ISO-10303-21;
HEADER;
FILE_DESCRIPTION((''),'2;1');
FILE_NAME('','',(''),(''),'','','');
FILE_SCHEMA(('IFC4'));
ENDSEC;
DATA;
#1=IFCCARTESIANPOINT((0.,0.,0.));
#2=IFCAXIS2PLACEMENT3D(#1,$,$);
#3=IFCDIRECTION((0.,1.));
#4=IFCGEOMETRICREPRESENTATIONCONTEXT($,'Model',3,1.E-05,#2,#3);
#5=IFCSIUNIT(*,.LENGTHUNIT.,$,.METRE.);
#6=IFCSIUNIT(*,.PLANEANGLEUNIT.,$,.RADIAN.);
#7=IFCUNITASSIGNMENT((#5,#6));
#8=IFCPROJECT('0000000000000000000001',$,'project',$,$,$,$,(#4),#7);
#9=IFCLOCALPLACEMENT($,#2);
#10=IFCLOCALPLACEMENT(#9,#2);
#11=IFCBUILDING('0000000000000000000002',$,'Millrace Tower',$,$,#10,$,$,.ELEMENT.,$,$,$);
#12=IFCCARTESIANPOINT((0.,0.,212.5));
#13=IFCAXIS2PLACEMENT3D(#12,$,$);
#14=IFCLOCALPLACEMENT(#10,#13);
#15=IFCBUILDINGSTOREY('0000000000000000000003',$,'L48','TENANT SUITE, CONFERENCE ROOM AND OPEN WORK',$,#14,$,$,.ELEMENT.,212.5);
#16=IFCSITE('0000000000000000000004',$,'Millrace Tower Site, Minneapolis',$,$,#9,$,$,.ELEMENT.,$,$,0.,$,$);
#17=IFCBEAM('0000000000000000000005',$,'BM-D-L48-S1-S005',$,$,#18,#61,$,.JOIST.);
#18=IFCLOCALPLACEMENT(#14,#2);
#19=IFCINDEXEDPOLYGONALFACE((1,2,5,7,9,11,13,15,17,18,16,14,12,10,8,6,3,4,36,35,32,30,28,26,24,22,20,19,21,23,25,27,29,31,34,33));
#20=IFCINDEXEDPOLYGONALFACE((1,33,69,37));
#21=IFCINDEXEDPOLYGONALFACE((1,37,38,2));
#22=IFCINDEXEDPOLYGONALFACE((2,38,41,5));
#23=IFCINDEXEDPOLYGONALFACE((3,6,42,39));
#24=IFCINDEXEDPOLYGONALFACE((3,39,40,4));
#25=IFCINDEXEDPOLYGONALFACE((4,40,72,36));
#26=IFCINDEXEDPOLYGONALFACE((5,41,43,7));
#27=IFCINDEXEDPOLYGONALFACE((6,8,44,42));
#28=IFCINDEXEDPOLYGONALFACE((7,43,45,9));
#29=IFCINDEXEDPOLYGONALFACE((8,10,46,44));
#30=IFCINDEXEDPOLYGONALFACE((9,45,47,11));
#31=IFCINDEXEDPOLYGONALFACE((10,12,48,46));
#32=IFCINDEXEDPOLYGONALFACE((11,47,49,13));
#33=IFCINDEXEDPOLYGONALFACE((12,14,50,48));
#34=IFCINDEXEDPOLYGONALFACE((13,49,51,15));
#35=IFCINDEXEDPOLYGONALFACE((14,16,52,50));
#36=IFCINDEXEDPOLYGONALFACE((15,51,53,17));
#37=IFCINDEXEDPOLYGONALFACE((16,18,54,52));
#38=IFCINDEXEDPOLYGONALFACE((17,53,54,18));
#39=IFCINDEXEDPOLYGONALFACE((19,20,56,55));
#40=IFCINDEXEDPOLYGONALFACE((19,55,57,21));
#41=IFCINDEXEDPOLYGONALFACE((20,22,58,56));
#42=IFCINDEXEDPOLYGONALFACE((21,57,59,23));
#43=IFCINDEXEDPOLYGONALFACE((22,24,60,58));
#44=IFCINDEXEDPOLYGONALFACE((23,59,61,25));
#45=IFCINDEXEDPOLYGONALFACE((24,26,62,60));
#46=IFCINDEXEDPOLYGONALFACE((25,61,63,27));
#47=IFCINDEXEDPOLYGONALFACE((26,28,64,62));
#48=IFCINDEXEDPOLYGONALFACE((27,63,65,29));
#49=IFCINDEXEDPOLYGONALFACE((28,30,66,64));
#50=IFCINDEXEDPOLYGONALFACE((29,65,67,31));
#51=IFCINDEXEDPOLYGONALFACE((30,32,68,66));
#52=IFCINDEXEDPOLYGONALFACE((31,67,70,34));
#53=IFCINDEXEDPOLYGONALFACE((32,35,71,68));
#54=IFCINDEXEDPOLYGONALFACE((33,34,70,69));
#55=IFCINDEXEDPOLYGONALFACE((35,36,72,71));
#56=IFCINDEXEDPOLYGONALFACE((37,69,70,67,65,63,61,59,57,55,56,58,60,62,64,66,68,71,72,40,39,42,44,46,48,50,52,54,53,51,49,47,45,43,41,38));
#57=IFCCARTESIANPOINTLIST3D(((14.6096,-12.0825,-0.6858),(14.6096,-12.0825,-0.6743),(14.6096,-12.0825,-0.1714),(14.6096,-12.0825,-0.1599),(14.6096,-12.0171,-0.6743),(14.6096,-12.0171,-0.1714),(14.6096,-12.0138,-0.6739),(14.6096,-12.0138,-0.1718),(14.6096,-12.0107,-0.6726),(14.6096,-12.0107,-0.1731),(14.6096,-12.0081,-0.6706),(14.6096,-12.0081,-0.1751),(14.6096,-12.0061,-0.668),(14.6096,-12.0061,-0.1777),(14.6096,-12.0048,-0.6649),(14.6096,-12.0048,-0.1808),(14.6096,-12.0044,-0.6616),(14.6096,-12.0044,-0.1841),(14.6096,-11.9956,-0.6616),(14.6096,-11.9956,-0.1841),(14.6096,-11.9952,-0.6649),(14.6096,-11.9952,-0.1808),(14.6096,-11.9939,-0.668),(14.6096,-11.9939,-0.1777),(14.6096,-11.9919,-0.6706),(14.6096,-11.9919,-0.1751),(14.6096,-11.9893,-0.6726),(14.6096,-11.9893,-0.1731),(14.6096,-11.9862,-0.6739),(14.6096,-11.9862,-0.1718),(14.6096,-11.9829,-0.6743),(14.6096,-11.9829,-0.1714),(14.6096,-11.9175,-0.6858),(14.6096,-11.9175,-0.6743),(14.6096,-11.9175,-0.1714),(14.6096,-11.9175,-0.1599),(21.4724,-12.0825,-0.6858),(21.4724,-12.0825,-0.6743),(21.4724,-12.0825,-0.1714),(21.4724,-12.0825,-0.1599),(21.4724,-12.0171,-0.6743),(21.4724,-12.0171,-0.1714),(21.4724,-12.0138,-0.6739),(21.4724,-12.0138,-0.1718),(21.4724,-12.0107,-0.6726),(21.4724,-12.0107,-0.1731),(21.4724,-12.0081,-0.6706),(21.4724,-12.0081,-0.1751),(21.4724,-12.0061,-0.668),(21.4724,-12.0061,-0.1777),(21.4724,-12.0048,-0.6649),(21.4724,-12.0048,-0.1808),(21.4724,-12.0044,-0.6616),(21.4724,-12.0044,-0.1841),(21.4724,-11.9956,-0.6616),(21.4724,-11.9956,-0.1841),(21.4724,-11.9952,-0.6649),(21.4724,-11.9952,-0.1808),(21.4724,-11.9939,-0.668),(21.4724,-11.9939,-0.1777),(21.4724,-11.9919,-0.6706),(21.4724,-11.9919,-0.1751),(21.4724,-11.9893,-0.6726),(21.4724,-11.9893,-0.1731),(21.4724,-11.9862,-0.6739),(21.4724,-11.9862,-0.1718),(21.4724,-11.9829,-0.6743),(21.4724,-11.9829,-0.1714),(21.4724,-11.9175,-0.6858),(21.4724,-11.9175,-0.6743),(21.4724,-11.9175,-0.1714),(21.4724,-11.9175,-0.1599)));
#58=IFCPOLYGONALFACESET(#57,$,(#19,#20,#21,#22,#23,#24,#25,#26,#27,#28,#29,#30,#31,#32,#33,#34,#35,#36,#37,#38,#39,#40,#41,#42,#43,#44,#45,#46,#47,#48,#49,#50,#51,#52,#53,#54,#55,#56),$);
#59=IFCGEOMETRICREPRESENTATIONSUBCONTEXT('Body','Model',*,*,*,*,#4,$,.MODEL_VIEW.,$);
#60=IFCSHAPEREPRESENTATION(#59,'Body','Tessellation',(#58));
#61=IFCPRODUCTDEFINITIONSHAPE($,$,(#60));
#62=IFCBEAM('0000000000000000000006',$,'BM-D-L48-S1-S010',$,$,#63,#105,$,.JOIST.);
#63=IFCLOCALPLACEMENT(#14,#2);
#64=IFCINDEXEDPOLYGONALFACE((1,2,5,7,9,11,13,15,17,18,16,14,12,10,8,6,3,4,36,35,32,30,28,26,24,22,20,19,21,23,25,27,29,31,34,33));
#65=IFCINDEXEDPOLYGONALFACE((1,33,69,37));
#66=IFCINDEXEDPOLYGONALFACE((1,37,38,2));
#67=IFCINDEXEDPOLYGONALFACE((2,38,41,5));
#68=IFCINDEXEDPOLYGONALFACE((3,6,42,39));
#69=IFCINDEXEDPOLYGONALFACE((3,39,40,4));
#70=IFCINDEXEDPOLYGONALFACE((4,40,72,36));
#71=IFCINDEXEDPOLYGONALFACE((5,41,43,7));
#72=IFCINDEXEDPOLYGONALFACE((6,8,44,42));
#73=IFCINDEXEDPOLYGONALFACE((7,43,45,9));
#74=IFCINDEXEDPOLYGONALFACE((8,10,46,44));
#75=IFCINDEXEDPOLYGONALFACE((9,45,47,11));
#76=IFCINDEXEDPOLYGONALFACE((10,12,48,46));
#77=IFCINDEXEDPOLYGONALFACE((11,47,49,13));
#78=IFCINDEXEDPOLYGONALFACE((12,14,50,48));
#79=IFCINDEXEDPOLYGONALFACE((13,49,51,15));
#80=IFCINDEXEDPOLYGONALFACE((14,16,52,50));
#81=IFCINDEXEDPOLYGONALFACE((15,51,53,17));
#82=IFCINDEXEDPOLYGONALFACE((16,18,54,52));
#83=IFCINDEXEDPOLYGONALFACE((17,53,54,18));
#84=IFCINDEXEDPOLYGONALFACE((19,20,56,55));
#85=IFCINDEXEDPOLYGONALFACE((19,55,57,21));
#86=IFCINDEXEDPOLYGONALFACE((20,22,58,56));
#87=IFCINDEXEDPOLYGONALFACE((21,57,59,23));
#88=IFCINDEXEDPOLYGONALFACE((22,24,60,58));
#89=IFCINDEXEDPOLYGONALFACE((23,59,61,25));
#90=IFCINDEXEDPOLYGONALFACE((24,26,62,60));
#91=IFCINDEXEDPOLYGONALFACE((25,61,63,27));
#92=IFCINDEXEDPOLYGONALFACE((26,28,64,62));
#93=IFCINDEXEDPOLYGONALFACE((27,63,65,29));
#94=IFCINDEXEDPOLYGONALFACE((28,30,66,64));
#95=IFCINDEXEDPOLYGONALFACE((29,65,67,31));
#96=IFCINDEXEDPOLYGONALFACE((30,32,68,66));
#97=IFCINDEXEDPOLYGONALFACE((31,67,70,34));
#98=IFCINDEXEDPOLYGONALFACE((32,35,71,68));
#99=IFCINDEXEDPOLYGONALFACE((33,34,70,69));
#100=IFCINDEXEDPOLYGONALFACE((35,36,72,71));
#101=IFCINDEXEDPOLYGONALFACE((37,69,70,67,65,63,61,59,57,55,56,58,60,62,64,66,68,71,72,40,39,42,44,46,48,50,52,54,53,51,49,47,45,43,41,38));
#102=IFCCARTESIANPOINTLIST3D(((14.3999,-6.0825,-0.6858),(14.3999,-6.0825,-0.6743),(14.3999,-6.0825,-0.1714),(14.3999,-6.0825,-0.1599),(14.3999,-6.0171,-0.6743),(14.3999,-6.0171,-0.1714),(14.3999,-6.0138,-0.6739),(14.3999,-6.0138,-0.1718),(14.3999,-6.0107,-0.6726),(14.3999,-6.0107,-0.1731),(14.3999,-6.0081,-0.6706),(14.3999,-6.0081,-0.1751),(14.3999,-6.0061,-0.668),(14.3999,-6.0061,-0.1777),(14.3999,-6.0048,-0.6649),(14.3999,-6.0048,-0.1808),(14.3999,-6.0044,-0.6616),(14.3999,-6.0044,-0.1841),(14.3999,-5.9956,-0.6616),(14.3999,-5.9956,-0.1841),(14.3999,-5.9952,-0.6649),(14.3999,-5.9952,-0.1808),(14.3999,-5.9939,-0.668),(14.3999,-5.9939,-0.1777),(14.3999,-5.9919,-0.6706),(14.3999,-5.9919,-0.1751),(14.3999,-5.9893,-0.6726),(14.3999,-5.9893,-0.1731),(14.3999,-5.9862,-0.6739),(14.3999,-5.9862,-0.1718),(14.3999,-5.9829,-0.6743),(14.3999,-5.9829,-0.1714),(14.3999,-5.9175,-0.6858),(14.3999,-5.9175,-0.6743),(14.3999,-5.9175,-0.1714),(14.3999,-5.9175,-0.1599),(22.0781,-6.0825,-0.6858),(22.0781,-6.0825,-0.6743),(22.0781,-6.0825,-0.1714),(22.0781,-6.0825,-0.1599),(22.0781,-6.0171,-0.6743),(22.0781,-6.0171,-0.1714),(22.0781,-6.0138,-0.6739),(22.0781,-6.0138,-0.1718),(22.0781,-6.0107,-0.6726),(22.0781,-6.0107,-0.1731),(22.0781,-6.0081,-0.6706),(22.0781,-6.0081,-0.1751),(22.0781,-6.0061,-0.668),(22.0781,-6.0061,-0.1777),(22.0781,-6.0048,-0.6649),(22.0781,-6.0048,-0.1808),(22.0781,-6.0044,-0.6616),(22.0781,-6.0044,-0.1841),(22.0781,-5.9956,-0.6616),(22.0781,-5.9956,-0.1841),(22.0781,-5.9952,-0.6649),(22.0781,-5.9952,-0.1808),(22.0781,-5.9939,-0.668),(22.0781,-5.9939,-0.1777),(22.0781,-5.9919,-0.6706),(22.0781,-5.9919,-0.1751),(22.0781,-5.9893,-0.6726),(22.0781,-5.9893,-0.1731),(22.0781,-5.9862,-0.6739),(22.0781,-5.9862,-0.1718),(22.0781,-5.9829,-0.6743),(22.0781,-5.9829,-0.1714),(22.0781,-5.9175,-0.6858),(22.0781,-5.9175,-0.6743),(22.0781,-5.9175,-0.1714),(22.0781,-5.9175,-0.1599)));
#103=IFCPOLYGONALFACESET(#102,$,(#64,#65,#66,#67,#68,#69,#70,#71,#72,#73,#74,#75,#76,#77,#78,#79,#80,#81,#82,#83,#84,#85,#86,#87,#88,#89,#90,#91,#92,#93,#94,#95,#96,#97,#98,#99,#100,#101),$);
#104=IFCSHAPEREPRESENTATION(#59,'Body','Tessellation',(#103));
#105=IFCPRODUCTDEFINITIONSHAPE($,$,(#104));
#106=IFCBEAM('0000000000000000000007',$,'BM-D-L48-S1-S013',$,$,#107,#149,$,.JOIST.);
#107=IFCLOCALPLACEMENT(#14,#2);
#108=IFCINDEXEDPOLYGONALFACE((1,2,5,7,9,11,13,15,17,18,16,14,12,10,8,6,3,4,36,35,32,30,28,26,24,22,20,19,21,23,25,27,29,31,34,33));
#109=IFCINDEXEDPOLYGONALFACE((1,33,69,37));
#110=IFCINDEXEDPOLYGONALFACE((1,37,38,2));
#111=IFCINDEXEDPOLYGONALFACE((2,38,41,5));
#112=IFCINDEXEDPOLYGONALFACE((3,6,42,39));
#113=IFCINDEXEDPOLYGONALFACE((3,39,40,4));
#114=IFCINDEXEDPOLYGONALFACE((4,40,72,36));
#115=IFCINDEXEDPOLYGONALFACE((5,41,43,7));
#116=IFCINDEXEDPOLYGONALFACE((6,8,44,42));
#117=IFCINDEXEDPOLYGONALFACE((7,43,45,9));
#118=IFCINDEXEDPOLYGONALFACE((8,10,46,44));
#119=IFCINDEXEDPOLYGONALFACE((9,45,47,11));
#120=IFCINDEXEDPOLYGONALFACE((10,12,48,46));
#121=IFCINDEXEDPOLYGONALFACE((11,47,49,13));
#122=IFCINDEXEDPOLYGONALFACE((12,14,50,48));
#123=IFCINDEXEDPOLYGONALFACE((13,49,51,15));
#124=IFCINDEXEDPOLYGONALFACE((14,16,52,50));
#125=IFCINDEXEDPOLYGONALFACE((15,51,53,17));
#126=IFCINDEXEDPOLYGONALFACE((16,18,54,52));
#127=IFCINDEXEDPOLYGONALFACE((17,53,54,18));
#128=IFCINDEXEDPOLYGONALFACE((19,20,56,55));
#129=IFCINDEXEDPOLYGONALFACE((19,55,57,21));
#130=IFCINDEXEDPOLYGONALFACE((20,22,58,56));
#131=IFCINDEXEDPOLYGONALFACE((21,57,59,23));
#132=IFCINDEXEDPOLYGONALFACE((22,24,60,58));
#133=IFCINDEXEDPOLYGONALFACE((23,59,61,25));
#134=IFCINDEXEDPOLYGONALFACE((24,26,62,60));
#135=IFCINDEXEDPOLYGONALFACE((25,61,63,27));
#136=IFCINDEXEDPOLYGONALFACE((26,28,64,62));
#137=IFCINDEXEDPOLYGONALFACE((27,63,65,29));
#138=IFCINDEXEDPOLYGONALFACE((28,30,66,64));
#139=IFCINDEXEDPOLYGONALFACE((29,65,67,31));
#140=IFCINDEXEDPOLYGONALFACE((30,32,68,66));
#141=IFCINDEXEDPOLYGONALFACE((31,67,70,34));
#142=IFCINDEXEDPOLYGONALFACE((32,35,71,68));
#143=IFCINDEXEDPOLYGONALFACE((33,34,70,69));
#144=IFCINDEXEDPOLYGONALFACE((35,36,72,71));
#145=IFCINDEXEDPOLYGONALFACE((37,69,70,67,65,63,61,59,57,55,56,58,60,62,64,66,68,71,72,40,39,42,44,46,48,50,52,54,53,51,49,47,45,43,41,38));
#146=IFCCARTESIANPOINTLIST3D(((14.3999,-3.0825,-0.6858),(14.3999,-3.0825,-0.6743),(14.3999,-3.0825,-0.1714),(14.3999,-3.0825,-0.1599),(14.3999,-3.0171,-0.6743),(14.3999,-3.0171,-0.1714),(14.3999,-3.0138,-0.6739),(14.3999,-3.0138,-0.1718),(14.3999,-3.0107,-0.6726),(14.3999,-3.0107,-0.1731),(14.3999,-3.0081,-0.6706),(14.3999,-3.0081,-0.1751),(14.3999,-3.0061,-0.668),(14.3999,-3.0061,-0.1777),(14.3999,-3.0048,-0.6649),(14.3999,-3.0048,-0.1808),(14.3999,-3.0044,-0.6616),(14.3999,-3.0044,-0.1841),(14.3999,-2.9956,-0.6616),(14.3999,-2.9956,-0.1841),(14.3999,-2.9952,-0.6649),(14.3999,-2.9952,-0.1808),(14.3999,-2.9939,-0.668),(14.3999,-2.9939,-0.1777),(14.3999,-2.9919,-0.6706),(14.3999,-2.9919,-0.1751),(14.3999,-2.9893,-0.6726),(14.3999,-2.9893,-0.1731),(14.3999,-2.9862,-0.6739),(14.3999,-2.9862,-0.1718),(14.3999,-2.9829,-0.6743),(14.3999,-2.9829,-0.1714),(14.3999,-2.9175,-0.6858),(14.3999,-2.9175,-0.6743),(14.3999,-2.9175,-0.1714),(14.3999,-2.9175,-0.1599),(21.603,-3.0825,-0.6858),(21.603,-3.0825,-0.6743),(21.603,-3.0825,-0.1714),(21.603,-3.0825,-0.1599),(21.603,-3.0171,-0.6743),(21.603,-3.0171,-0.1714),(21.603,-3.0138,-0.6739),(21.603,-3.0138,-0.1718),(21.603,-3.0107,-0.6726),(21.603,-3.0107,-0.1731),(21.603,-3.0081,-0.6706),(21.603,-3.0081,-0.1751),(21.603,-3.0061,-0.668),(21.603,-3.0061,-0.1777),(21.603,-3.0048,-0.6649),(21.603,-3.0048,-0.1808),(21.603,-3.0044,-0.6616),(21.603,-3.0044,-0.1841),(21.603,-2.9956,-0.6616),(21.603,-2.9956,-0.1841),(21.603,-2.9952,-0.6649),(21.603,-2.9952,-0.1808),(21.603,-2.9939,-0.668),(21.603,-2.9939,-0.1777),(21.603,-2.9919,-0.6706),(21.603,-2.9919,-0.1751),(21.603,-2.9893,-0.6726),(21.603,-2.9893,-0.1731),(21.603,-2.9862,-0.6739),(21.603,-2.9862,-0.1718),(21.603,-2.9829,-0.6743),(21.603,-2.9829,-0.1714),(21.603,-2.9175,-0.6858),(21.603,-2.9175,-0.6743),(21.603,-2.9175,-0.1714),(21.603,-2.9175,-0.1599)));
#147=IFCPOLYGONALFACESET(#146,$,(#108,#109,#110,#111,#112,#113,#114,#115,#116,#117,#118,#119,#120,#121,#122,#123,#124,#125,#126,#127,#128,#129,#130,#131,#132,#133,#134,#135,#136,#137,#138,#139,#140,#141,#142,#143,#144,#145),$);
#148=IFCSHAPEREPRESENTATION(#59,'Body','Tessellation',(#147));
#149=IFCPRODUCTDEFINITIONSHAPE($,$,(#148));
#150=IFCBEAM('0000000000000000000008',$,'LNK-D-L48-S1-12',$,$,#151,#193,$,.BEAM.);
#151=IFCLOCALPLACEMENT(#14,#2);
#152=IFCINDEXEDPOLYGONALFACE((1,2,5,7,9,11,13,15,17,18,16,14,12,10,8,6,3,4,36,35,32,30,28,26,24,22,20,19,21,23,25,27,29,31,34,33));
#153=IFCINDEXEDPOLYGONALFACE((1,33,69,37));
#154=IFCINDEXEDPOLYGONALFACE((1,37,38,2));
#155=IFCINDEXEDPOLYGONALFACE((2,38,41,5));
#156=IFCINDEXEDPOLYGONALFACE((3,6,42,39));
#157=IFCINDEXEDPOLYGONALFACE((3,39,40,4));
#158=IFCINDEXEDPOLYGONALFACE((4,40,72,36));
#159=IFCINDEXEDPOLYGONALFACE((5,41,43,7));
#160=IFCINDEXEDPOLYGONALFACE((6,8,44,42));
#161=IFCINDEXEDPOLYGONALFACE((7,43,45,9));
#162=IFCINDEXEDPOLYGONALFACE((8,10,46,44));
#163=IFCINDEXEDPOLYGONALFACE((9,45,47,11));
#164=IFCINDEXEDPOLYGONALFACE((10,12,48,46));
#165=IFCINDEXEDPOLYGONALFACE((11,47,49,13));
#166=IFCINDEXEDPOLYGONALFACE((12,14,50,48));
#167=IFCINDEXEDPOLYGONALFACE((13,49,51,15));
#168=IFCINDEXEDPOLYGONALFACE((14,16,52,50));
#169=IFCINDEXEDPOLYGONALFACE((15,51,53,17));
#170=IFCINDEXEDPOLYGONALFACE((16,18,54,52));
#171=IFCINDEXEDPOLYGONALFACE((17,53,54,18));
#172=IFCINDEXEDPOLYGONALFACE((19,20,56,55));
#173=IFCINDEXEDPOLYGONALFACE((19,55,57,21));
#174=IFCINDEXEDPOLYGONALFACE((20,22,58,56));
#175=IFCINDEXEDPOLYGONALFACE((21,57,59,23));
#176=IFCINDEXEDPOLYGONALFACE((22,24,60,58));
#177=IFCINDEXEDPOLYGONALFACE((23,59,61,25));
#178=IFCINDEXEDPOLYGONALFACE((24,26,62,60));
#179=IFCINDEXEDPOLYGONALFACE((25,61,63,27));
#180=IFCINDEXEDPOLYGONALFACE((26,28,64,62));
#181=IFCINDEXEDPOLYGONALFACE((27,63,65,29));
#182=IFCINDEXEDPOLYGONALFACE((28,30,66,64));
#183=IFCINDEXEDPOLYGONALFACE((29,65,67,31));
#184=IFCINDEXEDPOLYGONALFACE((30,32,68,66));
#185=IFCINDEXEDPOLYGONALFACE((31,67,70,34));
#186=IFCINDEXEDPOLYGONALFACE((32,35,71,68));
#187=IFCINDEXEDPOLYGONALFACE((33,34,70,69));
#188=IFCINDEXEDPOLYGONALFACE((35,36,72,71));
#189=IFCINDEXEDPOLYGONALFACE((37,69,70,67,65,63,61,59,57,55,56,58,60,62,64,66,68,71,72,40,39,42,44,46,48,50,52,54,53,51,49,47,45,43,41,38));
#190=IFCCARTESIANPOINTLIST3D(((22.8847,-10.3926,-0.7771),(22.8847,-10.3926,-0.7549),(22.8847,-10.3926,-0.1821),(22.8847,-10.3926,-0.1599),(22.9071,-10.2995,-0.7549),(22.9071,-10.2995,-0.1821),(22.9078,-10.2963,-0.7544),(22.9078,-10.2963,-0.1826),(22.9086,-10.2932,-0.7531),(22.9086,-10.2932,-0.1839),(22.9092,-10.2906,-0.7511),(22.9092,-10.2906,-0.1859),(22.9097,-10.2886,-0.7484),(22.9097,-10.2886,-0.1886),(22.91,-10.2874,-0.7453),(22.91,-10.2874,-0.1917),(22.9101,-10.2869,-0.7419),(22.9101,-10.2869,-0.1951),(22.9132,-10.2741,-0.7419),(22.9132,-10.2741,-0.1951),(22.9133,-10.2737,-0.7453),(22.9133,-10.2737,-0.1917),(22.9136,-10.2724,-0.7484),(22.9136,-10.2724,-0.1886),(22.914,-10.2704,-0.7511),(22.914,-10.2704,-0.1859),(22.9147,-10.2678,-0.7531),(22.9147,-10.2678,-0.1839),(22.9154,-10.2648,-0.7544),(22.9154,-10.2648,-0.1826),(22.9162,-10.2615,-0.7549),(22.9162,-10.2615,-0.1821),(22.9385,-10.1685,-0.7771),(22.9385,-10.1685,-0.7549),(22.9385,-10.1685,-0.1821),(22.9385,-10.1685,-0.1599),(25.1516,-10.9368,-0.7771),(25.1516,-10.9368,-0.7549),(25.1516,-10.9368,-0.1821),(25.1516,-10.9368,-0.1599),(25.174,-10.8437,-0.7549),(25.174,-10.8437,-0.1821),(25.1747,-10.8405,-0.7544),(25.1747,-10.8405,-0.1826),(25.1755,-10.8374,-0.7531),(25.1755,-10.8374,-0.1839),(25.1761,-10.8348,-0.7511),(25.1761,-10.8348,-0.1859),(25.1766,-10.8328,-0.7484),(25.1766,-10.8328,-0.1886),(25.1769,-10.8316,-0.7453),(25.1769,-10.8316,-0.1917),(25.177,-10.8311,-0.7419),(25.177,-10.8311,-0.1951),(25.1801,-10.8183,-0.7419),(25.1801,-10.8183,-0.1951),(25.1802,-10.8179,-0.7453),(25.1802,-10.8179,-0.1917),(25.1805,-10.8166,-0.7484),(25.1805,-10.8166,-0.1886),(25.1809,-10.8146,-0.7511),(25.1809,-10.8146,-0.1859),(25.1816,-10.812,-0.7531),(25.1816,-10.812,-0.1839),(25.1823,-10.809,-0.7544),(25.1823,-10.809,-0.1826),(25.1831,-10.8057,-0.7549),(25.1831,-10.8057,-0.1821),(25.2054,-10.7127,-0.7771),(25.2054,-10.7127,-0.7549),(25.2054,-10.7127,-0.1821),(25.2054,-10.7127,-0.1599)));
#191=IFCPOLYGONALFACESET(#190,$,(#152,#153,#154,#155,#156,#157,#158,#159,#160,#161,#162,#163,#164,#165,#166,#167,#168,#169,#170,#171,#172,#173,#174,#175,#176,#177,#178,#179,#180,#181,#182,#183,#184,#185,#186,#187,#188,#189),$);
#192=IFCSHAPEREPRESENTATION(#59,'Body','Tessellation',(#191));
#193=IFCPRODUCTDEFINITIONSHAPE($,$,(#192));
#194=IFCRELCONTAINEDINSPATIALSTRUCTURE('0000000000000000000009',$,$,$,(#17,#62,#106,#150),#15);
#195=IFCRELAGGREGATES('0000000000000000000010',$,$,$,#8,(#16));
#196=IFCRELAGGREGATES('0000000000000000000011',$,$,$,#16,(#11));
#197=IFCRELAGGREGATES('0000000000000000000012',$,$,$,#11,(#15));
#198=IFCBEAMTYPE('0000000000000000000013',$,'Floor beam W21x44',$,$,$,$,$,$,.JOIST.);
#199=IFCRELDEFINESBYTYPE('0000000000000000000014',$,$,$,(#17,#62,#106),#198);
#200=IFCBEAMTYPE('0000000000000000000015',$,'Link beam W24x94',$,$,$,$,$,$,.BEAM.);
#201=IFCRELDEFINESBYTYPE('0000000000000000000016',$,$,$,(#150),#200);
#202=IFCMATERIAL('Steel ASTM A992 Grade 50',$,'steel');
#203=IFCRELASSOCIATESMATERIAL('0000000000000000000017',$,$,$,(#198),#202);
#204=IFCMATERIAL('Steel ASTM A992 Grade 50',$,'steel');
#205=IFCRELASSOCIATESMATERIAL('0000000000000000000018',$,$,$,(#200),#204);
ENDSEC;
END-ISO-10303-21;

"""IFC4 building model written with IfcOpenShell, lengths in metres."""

from ifc_helpers import new_model, si_unit, direction, frame, origin, origin_2d, place, context, subcontext, project, spatial, i_section, extrude, material, material_profile, profile_set, type_object, element, save


model = new_model("IFC4")

# Units and contexts
model_context = context("Model", 3, precision=1e-05, world=origin(), true_north=direction((0.0, 1.0)))
body_context = subcontext(model_context, "Body", "Model", "MODEL_VIEW")
ifc_project = project(units=[si_unit("LENGTHUNIT", "METRE"), si_unit("PLANEANGLEUNIT", "RADIAN")], contexts=[model_context])

# Site, building, storey
site_placement = place(None, origin())
site = spatial("IfcSite", under=ifc_project, at=site_placement, Name="Millrace Tower Site, Minneapolis", CompositionType="ELEMENT", RefElevation=0.0)
building_placement = place(site_placement, origin())
building = spatial("IfcBuilding", under=site, at=building_placement, Name="Millrace Tower", CompositionType="ELEMENT")
storey_placement = place(building_placement, frame((0.0, 0.0, 212.5)))
storey = spatial("IfcBuildingStorey", under=building, at=storey_placement, Name="L48", Description="TENANT SUITE, CONFERENCE ROOM AND OPEN WORK", CompositionType="ELEMENT", Elevation=212.5)

# Beams
ifc_material_1 = material(Name="Steel ASTM A992 Grade 50", Category="steel")
ifc_material_profile_1 = material_profile(ifc_material_1, i_section(OverallWidth=0.165, OverallDepth=0.5259, WebThickness=0.0088, FlangeThickness=0.0115, FilletRadius=0.0127, at=origin_2d()))
ifc_profile_set_1 = profile_set([ifc_material_profile_1], Name="Steel ASTM A992 Grade 50")
beam_type_1 = type_object("IfcBeamType", Name="Floor beam W21x44", PredefinedType="JOIST", material=ifc_profile_set_1)
beam_1_placement = place(storey_placement, frame((14.6096, -12.0, -0.4229), z_axis=(1.0, 0.0, 0.0), x_axis=(0.0, 1.0, 0.0)))
element("IfcBeam", 1, at=beam_1_placement, inside=storey, type_object=beam_type_1, Name="BM-D-L48-S1-S005", PredefinedType="JOIST", context=body_context, shape_type="SweptSolid", body=[
    extrude(i_section(OverallWidth=0.165, OverallDepth=0.5259, WebThickness=0.0088, FlangeThickness=0.0115, FilletRadius=0.0127, at=origin_2d()), origin(), (0.0, 0.0, 1.0), 6.8628),
])
beam_2_placement = place(storey_placement, frame((14.3999, -6.0, -0.4229), z_axis=(1.0, 0.0, 0.0), x_axis=(0.0, 1.0, 0.0)))
element("IfcBeam", 2, at=beam_2_placement, inside=storey, type_object=beam_type_1, Name="BM-D-L48-S1-S010", PredefinedType="JOIST", context=body_context, shape_type="SweptSolid", body=[
    extrude(i_section(OverallWidth=0.165, OverallDepth=0.5259, WebThickness=0.0088, FlangeThickness=0.0115, FilletRadius=0.0127, at=origin_2d()), origin(), (0.0, 0.0, 1.0), 7.6782),
])
beam_3_placement = place(storey_placement, frame((14.3999, -3.0, -0.4229), z_axis=(1.0, 0.0, 0.0), x_axis=(0.0, 1.0, 0.0)))
element("IfcBeam", 3, at=beam_3_placement, inside=storey, type_object=beam_type_1, Name="BM-D-L48-S1-S013", PredefinedType="JOIST", context=body_context, shape_type="SweptSolid", body=[
    extrude(i_section(OverallWidth=0.165, OverallDepth=0.5259, WebThickness=0.0088, FlangeThickness=0.0115, FilletRadius=0.0127, at=origin_2d()), origin(), (0.0, 0.0, 1.0), 7.2031),
])
ifc_material_2 = material(Name="Steel ASTM A992 Grade 50", Category="steel")
ifc_material_profile_2 = material_profile(ifc_material_2, i_section(OverallWidth=0.2305, OverallDepth=0.6172, WebThickness=0.0132, FlangeThickness=0.0222, FilletRadius=0.0129, at=origin_2d()))
ifc_profile_set_2 = profile_set([ifc_material_profile_2], Name="Steel ASTM A992 Grade 50")
beam_type_2 = type_object("IfcBeamType", Name="Link beam W24x94", PredefinedType="BEAM", material=ifc_profile_set_2)
beam_4_placement = place(storey_placement, frame((22.9116, -10.2805, -0.4685), z_axis=(0.972373, -0.233432, 0.0), x_axis=(0.233432, 0.972373, 0.0)))
element("IfcBeam", 4, at=beam_4_placement, inside=storey, type_object=beam_type_2, Name="LNK-D-L48-S1-12", PredefinedType="BEAM", context=body_context, shape_type="SweptSolid", body=[
    extrude(i_section(OverallWidth=0.2305, OverallDepth=0.6172, WebThickness=0.0132, FlangeThickness=0.0222, FilletRadius=0.0129, at=origin_2d()), origin(), (0.0, 0.0, 1.0), 2.3313),
])

save(model, "model.ifc")
